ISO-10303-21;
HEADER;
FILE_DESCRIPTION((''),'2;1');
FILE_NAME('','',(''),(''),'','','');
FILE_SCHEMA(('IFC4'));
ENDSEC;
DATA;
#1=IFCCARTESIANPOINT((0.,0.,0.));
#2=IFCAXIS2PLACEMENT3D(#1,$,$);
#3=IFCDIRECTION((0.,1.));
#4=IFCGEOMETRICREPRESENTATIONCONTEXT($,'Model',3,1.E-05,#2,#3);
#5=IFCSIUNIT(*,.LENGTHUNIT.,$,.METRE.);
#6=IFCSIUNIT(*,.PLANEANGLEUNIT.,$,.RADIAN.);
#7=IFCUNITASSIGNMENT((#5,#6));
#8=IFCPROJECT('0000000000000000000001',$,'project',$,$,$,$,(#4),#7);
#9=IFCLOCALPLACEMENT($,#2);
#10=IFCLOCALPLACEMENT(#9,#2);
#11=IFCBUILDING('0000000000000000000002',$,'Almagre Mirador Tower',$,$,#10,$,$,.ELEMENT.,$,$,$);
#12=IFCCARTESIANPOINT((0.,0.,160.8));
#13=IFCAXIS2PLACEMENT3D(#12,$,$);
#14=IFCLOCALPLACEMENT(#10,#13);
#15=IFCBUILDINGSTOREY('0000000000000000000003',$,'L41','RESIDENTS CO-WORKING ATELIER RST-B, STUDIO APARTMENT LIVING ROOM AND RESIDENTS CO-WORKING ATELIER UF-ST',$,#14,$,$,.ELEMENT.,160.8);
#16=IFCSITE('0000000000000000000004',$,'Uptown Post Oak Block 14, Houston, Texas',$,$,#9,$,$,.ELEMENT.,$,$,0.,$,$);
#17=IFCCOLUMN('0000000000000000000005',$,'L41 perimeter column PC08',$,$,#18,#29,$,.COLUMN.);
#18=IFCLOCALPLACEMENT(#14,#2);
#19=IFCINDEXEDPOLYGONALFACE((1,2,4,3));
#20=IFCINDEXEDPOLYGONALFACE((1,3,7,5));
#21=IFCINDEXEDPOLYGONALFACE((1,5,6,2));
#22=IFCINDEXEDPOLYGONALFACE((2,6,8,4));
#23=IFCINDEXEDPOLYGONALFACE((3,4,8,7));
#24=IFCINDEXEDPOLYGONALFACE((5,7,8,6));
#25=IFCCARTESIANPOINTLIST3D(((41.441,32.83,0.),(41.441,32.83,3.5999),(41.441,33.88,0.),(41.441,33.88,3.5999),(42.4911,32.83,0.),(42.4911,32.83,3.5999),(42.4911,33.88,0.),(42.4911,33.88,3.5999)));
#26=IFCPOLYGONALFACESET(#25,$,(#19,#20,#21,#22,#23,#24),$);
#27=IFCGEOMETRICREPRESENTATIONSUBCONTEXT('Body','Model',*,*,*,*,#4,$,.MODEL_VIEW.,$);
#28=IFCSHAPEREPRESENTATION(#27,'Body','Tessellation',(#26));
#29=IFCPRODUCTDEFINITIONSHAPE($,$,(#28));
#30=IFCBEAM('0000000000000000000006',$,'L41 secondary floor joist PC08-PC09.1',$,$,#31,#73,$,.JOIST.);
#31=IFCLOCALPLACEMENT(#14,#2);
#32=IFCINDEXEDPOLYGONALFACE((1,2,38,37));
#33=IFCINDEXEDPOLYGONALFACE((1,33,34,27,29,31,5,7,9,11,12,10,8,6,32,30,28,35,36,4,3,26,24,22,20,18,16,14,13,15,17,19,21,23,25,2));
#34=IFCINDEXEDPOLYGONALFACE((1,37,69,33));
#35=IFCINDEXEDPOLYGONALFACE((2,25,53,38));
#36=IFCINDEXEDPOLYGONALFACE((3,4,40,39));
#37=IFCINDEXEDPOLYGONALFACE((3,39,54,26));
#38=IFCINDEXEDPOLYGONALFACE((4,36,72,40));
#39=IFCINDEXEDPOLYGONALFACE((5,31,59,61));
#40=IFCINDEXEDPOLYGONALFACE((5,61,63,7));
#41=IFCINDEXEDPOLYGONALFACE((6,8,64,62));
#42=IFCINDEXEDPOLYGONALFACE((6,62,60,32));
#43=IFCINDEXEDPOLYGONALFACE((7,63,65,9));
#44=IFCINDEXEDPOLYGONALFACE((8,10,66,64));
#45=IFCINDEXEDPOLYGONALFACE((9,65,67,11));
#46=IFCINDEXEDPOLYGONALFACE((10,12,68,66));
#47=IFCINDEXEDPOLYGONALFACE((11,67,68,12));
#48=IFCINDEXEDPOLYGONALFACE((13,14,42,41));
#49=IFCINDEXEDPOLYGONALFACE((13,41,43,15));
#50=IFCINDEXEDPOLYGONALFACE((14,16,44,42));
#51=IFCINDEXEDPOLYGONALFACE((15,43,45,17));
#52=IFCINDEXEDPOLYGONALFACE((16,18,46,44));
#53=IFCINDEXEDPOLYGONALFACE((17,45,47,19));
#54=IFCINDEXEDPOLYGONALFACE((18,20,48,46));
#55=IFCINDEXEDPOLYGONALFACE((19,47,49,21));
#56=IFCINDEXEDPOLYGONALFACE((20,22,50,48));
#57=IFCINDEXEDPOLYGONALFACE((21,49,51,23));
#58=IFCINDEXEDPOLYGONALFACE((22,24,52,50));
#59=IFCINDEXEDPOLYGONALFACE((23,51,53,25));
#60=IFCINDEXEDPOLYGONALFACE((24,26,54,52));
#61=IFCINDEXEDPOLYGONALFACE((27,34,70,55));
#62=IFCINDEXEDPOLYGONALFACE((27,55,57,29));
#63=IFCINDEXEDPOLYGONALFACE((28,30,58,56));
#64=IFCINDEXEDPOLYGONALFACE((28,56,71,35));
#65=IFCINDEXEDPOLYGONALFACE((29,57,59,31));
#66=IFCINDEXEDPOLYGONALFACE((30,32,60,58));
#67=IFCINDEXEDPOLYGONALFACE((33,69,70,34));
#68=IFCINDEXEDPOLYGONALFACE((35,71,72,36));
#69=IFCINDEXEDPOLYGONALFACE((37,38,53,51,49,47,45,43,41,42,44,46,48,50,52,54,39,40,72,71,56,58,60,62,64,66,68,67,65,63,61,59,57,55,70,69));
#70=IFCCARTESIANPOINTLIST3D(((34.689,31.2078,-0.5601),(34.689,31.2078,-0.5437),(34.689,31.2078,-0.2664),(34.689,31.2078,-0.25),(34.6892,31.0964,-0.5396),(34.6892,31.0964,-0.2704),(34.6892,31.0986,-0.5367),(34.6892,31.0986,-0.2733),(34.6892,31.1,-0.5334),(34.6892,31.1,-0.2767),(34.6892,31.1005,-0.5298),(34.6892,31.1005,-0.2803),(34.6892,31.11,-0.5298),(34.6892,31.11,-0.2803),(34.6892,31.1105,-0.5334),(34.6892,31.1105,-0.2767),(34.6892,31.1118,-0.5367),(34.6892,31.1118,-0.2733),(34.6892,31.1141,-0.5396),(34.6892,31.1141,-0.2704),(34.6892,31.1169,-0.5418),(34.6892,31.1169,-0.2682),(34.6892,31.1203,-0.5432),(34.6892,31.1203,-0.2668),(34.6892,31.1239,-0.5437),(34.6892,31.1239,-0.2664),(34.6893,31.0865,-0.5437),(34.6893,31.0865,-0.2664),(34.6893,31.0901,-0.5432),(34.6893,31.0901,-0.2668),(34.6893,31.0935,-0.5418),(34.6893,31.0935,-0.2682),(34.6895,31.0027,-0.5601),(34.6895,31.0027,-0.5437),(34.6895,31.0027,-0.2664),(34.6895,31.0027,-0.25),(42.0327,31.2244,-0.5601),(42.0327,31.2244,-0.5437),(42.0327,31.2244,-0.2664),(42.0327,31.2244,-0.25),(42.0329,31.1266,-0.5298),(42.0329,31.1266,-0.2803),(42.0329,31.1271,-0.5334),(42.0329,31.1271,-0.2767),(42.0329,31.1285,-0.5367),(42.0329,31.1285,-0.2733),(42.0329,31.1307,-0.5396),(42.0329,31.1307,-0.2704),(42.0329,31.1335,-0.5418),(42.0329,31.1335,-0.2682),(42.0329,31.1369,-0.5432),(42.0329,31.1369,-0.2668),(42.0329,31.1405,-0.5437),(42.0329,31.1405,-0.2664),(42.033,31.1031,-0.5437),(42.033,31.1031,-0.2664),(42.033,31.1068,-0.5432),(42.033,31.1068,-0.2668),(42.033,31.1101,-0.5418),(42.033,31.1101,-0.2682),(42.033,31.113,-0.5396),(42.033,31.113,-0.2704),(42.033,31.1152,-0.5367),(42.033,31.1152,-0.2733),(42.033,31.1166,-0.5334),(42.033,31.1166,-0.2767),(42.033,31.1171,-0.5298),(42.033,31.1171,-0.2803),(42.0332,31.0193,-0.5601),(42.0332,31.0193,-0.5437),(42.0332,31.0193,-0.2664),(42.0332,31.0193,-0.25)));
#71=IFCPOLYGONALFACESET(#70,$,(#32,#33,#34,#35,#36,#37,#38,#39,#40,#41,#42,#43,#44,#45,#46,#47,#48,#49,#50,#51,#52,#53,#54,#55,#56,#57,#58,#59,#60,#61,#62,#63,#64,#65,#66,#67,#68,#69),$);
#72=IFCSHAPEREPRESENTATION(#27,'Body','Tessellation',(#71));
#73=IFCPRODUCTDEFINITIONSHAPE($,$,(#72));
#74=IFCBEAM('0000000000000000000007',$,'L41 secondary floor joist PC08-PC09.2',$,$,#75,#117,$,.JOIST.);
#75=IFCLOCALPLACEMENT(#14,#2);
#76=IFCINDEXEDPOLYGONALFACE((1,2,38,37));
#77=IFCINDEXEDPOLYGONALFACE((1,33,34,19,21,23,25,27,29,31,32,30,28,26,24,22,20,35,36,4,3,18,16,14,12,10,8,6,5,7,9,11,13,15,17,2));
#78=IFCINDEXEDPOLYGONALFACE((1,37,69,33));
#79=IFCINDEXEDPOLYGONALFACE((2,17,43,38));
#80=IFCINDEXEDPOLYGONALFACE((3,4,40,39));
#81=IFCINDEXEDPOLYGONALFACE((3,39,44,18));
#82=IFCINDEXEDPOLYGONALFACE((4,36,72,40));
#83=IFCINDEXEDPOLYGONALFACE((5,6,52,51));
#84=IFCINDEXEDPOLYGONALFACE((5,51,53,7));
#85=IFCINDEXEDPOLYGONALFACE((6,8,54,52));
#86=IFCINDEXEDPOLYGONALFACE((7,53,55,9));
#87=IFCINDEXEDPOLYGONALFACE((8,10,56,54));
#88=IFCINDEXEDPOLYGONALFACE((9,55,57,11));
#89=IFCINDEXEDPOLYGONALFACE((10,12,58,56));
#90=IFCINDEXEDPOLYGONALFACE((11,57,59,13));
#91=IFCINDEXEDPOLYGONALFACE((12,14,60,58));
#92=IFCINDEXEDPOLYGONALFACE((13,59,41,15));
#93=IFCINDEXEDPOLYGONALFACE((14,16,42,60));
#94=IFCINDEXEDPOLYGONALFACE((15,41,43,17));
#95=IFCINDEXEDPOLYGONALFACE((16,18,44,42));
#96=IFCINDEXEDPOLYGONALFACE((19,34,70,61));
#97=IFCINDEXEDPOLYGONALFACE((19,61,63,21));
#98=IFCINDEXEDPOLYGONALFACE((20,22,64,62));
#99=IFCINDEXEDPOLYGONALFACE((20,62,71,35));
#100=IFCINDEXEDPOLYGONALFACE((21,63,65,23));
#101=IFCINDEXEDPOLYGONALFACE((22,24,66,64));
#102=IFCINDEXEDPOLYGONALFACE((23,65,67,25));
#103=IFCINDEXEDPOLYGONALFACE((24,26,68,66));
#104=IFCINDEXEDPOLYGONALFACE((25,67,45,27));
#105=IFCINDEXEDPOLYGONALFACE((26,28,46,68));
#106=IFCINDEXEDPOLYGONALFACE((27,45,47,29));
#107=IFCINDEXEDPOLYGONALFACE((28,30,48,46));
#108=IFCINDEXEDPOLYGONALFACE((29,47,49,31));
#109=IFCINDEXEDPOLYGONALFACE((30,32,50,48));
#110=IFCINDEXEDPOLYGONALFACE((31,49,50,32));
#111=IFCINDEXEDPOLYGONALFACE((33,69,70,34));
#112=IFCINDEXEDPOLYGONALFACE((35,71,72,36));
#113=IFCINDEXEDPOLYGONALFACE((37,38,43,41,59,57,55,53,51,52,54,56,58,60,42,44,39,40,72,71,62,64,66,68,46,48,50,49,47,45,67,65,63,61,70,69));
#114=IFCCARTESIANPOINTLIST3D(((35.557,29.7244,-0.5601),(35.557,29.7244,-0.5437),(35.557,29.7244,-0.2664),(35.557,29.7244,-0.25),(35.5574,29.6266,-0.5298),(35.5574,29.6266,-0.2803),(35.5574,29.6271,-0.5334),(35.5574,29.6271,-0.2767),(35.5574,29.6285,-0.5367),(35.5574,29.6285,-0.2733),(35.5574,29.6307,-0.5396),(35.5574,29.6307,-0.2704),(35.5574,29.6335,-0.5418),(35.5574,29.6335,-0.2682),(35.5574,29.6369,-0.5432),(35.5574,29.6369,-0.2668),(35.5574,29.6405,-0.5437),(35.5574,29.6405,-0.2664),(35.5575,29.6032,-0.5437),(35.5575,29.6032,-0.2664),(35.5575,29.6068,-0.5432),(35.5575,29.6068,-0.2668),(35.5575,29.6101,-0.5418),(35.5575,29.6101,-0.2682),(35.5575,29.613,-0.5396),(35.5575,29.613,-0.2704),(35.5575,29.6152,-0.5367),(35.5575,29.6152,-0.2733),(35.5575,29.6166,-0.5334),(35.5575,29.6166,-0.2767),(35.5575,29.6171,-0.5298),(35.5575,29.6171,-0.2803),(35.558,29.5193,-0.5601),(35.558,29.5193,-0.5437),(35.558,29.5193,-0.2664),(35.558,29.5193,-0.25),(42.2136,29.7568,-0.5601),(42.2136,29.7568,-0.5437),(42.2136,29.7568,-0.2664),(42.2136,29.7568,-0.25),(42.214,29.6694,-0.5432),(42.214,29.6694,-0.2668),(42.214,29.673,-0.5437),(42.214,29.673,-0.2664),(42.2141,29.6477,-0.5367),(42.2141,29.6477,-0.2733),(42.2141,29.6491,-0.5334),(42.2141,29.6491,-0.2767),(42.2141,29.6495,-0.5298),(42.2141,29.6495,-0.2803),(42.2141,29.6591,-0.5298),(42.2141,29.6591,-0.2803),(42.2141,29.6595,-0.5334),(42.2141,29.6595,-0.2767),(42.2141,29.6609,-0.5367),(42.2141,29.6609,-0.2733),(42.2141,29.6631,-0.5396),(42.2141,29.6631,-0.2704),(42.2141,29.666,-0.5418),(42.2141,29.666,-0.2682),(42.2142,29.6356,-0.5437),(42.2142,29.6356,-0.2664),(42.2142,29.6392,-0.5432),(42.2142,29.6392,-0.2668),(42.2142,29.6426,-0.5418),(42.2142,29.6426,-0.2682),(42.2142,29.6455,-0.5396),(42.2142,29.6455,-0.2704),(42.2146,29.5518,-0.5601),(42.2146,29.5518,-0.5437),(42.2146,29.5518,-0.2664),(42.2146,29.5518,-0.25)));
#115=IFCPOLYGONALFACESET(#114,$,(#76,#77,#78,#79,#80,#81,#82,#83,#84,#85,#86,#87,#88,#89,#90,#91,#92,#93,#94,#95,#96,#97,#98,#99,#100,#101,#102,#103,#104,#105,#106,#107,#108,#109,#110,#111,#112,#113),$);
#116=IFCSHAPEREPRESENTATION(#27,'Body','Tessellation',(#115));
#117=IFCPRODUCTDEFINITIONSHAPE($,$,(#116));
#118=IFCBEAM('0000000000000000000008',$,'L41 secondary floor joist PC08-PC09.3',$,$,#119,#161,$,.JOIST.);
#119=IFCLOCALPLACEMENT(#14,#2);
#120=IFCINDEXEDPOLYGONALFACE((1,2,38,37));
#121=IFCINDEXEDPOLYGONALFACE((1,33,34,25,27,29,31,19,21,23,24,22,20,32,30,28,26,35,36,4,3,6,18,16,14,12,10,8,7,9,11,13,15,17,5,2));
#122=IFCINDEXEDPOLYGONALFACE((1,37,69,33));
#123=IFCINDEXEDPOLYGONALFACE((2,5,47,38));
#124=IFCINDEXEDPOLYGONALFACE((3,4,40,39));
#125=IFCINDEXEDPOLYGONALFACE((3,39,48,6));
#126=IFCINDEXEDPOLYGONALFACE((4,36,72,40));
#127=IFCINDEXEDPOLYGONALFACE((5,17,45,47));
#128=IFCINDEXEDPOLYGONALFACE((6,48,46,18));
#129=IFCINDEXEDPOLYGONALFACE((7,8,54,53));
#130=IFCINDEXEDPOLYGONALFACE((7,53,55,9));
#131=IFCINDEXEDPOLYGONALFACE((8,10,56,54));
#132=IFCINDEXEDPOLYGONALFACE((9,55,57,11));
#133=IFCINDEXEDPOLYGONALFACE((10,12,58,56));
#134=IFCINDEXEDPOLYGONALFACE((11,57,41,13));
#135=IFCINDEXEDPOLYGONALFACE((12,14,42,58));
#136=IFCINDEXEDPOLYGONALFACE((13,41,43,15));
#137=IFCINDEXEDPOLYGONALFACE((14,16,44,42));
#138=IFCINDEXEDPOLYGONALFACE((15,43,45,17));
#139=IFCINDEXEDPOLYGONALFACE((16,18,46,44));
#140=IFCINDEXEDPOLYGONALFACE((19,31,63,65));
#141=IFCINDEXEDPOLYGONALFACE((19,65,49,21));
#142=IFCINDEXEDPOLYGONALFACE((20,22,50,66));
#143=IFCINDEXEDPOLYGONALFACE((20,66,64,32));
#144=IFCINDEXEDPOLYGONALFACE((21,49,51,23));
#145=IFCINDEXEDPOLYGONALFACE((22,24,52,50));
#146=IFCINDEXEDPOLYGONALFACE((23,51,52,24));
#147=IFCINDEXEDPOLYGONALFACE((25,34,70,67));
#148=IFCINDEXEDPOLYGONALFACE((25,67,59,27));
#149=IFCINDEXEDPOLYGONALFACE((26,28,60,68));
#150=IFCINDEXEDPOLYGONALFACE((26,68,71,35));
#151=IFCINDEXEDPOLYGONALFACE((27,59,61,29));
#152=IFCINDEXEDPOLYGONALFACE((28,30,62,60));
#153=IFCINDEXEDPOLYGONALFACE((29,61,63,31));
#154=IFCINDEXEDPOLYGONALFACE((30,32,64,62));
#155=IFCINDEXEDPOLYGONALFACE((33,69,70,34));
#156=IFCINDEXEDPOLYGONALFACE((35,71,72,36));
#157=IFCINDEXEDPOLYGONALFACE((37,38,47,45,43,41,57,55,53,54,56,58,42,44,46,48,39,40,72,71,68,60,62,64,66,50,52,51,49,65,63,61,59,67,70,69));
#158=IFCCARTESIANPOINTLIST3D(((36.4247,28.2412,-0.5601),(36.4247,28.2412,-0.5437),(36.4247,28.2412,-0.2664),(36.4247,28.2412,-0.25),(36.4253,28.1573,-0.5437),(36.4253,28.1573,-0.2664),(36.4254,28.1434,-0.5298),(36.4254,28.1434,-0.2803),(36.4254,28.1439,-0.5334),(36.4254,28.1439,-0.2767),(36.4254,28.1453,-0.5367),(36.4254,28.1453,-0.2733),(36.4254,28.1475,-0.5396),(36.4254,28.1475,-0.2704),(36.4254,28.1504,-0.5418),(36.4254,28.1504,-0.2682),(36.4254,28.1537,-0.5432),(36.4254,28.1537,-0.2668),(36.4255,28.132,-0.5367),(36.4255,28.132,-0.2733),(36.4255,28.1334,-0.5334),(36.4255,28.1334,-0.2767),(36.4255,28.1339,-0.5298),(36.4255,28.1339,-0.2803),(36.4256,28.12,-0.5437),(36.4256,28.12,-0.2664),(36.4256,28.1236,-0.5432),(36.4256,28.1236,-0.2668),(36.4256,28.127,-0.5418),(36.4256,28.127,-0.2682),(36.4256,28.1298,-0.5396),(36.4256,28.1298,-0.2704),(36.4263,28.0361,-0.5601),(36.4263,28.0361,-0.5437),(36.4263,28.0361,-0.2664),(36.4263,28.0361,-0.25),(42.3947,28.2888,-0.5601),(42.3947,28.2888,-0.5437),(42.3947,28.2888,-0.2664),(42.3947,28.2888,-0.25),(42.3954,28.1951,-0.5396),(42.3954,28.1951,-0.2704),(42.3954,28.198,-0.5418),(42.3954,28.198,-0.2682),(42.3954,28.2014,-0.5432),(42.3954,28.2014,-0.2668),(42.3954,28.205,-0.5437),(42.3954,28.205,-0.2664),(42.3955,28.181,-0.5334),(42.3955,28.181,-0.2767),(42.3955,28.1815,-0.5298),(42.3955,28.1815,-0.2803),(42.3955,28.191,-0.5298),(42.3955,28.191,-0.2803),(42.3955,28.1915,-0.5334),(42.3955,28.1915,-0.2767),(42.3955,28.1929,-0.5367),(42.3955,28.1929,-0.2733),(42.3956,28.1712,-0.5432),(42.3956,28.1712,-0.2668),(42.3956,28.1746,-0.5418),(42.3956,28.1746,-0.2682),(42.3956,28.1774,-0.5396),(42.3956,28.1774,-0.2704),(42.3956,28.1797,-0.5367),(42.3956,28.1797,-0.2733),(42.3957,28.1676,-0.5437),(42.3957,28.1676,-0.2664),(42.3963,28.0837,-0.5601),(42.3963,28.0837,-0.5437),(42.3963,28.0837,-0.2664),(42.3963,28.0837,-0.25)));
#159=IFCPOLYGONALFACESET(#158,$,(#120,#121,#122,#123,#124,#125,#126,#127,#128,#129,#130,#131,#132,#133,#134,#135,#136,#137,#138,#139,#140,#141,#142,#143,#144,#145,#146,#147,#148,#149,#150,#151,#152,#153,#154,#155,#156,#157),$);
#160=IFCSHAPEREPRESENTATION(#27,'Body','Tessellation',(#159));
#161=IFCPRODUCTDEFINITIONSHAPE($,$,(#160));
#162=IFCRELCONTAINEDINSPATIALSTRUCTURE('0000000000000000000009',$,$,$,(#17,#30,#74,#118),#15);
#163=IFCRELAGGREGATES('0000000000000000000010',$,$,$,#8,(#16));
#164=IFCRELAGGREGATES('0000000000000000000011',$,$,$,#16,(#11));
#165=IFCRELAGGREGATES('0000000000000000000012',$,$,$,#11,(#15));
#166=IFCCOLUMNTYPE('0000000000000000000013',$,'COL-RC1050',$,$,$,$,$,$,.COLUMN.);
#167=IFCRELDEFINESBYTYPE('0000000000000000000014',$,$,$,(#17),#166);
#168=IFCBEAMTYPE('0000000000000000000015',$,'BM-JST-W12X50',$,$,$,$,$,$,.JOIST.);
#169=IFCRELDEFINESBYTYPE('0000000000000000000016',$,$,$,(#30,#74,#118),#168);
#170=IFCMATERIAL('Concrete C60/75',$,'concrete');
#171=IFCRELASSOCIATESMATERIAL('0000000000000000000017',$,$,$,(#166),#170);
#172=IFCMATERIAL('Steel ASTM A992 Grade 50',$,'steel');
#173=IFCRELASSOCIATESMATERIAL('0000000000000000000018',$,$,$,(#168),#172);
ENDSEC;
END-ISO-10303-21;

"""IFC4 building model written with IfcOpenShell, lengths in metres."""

from ifc_helpers import new_model, si_unit, direction, frame, origin, origin_2d, place, context, subcontext, project, spatial, rectangle, i_section, extrude, material, material_profile, profile_set, type_object, element, save


model = new_model("IFC4")

# Units and contexts
model_context = context("Model", 3, precision=1e-05, world=origin(), true_north=direction((0.0, 1.0)))
body_context = subcontext(model_context, "Body", "Model", "MODEL_VIEW")
ifc_project = project(units=[si_unit("LENGTHUNIT", "METRE"), si_unit("PLANEANGLEUNIT", "RADIAN")], contexts=[model_context])

# Site, building, storey
site_placement = place(None, origin())
site = spatial("IfcSite", under=ifc_project, at=site_placement, Name="Uptown Post Oak Block 14, Houston, Texas", CompositionType="ELEMENT", RefElevation=0.0)
building_placement = place(site_placement, origin())
building = spatial("IfcBuilding", under=site, at=building_placement, Name="Almagre Mirador Tower", CompositionType="ELEMENT")
storey_placement = place(building_placement, frame((0.0, 0.0, 160.8)))
storey = spatial("IfcBuildingStorey", under=building, at=storey_placement, Name="L41", Description="RESIDENTS CO-WORKING ATELIER RST-B, STUDIO APARTMENT LIVING ROOM AND RESIDENTS CO-WORKING ATELIER UF-ST", CompositionType="ELEMENT", Elevation=160.8)

# Column
ifc_material_1 = material(Name="Concrete C60/75", Category="concrete")
ifc_material_profile_1 = material_profile(ifc_material_1, rectangle(XDim=1.05, YDim=1.05, at=origin_2d()), Name="RC1050X1050")
ifc_profile_set_1 = profile_set([ifc_material_profile_1], Name="Concrete C60/75")
column_type = type_object("IfcColumnType", Name="COL-RC1050", PredefinedType="COLUMN", material=ifc_profile_set_1)
column_placement = place(storey_placement, frame((41.9661, 33.355, 0.0), z_axis=(0.0, 0.0, 1.0), x_axis=(1.0, 0.0, 0.0)))
element("IfcColumn", 1, at=column_placement, inside=storey, type_object=column_type, Name="L41 perimeter column PC08", PredefinedType="COLUMN", context=body_context, shape_type="SweptSolid", body=[
    extrude(rectangle(XDim=1.05, YDim=1.05, at=origin_2d()), origin(), (0.0, 0.0, 1.0), 3.5999),
])

# Beams
ifc_material_2 = material(Name="Steel ASTM A992 Grade 50", Category="steel")
ifc_material_profile_2 = material_profile(ifc_material_2, i_section(OverallWidth=0.2051, OverallDepth=0.3101, WebThickness=0.0095, FlangeThickness=0.0164, FilletRadius=0.0139, at=origin_2d()), Name="W12X50")
ifc_profile_set_2 = profile_set([ifc_material_profile_2], Name="Steel ASTM A992 Grade 50")
beam_type_1 = type_object("IfcBeamType", Name="BM-JST-W12X50", PredefinedType="JOIST", material=ifc_profile_set_2)
beam_1_placement = place(storey_placement, frame((42.033, 31.1218, -0.405), z_axis=(-0.999997, -0.002261, 0.0), x_axis=(0.002261, -0.999997, 0.0)))
element("IfcBeam", 2, at=beam_1_placement, inside=storey, type_object=beam_type_1, Name="L41 secondary floor joist PC08-PC09.1", PredefinedType="JOIST", context=body_context, shape_type="SweptSolid", body=[
    extrude(i_section(OverallWidth=0.2051, OverallDepth=0.3101, WebThickness=0.0095, FlangeThickness=0.0164, FilletRadius=0.0139, at=origin_2d()), origin(), (0.0, 0.0, 1.0), 7.3438),
])
beam_2_placement = place(storey_placement, frame((42.2141, 29.6543, -0.405), z_axis=(-0.999988, -0.004878, 0.0), x_axis=(0.004878, -0.999988, 0.0)))
element("IfcBeam", 3, at=beam_2_placement, inside=storey, type_object=beam_type_1, Name="L41 secondary floor joist PC08-PC09.2", PredefinedType="JOIST", context=body_context, shape_type="SweptSolid", body=[
    extrude(i_section(OverallWidth=0.2051, OverallDepth=0.3101, WebThickness=0.0095, FlangeThickness=0.0164, FilletRadius=0.0139, at=origin_2d()), origin(), (0.0, 0.0, 1.0), 6.6567),
])
beam_3_placement = place(storey_placement, frame((42.3955, 28.1863, -0.405), z_axis=(-0.999968, -0.007974, 0.0), x_axis=(0.007974, -0.999968, 0.0)))
element("IfcBeam", 4, at=beam_3_placement, inside=storey, type_object=beam_type_1, Name="L41 secondary floor joist PC08-PC09.3", PredefinedType="JOIST", context=body_context, shape_type="SweptSolid", body=[
    extrude(i_section(OverallWidth=0.2051, OverallDepth=0.3101, WebThickness=0.0095, FlangeThickness=0.0164, FilletRadius=0.0139, at=origin_2d()), origin(), (0.0, 0.0, 1.0), 5.9702),
])

save(model, "model.ifc")
